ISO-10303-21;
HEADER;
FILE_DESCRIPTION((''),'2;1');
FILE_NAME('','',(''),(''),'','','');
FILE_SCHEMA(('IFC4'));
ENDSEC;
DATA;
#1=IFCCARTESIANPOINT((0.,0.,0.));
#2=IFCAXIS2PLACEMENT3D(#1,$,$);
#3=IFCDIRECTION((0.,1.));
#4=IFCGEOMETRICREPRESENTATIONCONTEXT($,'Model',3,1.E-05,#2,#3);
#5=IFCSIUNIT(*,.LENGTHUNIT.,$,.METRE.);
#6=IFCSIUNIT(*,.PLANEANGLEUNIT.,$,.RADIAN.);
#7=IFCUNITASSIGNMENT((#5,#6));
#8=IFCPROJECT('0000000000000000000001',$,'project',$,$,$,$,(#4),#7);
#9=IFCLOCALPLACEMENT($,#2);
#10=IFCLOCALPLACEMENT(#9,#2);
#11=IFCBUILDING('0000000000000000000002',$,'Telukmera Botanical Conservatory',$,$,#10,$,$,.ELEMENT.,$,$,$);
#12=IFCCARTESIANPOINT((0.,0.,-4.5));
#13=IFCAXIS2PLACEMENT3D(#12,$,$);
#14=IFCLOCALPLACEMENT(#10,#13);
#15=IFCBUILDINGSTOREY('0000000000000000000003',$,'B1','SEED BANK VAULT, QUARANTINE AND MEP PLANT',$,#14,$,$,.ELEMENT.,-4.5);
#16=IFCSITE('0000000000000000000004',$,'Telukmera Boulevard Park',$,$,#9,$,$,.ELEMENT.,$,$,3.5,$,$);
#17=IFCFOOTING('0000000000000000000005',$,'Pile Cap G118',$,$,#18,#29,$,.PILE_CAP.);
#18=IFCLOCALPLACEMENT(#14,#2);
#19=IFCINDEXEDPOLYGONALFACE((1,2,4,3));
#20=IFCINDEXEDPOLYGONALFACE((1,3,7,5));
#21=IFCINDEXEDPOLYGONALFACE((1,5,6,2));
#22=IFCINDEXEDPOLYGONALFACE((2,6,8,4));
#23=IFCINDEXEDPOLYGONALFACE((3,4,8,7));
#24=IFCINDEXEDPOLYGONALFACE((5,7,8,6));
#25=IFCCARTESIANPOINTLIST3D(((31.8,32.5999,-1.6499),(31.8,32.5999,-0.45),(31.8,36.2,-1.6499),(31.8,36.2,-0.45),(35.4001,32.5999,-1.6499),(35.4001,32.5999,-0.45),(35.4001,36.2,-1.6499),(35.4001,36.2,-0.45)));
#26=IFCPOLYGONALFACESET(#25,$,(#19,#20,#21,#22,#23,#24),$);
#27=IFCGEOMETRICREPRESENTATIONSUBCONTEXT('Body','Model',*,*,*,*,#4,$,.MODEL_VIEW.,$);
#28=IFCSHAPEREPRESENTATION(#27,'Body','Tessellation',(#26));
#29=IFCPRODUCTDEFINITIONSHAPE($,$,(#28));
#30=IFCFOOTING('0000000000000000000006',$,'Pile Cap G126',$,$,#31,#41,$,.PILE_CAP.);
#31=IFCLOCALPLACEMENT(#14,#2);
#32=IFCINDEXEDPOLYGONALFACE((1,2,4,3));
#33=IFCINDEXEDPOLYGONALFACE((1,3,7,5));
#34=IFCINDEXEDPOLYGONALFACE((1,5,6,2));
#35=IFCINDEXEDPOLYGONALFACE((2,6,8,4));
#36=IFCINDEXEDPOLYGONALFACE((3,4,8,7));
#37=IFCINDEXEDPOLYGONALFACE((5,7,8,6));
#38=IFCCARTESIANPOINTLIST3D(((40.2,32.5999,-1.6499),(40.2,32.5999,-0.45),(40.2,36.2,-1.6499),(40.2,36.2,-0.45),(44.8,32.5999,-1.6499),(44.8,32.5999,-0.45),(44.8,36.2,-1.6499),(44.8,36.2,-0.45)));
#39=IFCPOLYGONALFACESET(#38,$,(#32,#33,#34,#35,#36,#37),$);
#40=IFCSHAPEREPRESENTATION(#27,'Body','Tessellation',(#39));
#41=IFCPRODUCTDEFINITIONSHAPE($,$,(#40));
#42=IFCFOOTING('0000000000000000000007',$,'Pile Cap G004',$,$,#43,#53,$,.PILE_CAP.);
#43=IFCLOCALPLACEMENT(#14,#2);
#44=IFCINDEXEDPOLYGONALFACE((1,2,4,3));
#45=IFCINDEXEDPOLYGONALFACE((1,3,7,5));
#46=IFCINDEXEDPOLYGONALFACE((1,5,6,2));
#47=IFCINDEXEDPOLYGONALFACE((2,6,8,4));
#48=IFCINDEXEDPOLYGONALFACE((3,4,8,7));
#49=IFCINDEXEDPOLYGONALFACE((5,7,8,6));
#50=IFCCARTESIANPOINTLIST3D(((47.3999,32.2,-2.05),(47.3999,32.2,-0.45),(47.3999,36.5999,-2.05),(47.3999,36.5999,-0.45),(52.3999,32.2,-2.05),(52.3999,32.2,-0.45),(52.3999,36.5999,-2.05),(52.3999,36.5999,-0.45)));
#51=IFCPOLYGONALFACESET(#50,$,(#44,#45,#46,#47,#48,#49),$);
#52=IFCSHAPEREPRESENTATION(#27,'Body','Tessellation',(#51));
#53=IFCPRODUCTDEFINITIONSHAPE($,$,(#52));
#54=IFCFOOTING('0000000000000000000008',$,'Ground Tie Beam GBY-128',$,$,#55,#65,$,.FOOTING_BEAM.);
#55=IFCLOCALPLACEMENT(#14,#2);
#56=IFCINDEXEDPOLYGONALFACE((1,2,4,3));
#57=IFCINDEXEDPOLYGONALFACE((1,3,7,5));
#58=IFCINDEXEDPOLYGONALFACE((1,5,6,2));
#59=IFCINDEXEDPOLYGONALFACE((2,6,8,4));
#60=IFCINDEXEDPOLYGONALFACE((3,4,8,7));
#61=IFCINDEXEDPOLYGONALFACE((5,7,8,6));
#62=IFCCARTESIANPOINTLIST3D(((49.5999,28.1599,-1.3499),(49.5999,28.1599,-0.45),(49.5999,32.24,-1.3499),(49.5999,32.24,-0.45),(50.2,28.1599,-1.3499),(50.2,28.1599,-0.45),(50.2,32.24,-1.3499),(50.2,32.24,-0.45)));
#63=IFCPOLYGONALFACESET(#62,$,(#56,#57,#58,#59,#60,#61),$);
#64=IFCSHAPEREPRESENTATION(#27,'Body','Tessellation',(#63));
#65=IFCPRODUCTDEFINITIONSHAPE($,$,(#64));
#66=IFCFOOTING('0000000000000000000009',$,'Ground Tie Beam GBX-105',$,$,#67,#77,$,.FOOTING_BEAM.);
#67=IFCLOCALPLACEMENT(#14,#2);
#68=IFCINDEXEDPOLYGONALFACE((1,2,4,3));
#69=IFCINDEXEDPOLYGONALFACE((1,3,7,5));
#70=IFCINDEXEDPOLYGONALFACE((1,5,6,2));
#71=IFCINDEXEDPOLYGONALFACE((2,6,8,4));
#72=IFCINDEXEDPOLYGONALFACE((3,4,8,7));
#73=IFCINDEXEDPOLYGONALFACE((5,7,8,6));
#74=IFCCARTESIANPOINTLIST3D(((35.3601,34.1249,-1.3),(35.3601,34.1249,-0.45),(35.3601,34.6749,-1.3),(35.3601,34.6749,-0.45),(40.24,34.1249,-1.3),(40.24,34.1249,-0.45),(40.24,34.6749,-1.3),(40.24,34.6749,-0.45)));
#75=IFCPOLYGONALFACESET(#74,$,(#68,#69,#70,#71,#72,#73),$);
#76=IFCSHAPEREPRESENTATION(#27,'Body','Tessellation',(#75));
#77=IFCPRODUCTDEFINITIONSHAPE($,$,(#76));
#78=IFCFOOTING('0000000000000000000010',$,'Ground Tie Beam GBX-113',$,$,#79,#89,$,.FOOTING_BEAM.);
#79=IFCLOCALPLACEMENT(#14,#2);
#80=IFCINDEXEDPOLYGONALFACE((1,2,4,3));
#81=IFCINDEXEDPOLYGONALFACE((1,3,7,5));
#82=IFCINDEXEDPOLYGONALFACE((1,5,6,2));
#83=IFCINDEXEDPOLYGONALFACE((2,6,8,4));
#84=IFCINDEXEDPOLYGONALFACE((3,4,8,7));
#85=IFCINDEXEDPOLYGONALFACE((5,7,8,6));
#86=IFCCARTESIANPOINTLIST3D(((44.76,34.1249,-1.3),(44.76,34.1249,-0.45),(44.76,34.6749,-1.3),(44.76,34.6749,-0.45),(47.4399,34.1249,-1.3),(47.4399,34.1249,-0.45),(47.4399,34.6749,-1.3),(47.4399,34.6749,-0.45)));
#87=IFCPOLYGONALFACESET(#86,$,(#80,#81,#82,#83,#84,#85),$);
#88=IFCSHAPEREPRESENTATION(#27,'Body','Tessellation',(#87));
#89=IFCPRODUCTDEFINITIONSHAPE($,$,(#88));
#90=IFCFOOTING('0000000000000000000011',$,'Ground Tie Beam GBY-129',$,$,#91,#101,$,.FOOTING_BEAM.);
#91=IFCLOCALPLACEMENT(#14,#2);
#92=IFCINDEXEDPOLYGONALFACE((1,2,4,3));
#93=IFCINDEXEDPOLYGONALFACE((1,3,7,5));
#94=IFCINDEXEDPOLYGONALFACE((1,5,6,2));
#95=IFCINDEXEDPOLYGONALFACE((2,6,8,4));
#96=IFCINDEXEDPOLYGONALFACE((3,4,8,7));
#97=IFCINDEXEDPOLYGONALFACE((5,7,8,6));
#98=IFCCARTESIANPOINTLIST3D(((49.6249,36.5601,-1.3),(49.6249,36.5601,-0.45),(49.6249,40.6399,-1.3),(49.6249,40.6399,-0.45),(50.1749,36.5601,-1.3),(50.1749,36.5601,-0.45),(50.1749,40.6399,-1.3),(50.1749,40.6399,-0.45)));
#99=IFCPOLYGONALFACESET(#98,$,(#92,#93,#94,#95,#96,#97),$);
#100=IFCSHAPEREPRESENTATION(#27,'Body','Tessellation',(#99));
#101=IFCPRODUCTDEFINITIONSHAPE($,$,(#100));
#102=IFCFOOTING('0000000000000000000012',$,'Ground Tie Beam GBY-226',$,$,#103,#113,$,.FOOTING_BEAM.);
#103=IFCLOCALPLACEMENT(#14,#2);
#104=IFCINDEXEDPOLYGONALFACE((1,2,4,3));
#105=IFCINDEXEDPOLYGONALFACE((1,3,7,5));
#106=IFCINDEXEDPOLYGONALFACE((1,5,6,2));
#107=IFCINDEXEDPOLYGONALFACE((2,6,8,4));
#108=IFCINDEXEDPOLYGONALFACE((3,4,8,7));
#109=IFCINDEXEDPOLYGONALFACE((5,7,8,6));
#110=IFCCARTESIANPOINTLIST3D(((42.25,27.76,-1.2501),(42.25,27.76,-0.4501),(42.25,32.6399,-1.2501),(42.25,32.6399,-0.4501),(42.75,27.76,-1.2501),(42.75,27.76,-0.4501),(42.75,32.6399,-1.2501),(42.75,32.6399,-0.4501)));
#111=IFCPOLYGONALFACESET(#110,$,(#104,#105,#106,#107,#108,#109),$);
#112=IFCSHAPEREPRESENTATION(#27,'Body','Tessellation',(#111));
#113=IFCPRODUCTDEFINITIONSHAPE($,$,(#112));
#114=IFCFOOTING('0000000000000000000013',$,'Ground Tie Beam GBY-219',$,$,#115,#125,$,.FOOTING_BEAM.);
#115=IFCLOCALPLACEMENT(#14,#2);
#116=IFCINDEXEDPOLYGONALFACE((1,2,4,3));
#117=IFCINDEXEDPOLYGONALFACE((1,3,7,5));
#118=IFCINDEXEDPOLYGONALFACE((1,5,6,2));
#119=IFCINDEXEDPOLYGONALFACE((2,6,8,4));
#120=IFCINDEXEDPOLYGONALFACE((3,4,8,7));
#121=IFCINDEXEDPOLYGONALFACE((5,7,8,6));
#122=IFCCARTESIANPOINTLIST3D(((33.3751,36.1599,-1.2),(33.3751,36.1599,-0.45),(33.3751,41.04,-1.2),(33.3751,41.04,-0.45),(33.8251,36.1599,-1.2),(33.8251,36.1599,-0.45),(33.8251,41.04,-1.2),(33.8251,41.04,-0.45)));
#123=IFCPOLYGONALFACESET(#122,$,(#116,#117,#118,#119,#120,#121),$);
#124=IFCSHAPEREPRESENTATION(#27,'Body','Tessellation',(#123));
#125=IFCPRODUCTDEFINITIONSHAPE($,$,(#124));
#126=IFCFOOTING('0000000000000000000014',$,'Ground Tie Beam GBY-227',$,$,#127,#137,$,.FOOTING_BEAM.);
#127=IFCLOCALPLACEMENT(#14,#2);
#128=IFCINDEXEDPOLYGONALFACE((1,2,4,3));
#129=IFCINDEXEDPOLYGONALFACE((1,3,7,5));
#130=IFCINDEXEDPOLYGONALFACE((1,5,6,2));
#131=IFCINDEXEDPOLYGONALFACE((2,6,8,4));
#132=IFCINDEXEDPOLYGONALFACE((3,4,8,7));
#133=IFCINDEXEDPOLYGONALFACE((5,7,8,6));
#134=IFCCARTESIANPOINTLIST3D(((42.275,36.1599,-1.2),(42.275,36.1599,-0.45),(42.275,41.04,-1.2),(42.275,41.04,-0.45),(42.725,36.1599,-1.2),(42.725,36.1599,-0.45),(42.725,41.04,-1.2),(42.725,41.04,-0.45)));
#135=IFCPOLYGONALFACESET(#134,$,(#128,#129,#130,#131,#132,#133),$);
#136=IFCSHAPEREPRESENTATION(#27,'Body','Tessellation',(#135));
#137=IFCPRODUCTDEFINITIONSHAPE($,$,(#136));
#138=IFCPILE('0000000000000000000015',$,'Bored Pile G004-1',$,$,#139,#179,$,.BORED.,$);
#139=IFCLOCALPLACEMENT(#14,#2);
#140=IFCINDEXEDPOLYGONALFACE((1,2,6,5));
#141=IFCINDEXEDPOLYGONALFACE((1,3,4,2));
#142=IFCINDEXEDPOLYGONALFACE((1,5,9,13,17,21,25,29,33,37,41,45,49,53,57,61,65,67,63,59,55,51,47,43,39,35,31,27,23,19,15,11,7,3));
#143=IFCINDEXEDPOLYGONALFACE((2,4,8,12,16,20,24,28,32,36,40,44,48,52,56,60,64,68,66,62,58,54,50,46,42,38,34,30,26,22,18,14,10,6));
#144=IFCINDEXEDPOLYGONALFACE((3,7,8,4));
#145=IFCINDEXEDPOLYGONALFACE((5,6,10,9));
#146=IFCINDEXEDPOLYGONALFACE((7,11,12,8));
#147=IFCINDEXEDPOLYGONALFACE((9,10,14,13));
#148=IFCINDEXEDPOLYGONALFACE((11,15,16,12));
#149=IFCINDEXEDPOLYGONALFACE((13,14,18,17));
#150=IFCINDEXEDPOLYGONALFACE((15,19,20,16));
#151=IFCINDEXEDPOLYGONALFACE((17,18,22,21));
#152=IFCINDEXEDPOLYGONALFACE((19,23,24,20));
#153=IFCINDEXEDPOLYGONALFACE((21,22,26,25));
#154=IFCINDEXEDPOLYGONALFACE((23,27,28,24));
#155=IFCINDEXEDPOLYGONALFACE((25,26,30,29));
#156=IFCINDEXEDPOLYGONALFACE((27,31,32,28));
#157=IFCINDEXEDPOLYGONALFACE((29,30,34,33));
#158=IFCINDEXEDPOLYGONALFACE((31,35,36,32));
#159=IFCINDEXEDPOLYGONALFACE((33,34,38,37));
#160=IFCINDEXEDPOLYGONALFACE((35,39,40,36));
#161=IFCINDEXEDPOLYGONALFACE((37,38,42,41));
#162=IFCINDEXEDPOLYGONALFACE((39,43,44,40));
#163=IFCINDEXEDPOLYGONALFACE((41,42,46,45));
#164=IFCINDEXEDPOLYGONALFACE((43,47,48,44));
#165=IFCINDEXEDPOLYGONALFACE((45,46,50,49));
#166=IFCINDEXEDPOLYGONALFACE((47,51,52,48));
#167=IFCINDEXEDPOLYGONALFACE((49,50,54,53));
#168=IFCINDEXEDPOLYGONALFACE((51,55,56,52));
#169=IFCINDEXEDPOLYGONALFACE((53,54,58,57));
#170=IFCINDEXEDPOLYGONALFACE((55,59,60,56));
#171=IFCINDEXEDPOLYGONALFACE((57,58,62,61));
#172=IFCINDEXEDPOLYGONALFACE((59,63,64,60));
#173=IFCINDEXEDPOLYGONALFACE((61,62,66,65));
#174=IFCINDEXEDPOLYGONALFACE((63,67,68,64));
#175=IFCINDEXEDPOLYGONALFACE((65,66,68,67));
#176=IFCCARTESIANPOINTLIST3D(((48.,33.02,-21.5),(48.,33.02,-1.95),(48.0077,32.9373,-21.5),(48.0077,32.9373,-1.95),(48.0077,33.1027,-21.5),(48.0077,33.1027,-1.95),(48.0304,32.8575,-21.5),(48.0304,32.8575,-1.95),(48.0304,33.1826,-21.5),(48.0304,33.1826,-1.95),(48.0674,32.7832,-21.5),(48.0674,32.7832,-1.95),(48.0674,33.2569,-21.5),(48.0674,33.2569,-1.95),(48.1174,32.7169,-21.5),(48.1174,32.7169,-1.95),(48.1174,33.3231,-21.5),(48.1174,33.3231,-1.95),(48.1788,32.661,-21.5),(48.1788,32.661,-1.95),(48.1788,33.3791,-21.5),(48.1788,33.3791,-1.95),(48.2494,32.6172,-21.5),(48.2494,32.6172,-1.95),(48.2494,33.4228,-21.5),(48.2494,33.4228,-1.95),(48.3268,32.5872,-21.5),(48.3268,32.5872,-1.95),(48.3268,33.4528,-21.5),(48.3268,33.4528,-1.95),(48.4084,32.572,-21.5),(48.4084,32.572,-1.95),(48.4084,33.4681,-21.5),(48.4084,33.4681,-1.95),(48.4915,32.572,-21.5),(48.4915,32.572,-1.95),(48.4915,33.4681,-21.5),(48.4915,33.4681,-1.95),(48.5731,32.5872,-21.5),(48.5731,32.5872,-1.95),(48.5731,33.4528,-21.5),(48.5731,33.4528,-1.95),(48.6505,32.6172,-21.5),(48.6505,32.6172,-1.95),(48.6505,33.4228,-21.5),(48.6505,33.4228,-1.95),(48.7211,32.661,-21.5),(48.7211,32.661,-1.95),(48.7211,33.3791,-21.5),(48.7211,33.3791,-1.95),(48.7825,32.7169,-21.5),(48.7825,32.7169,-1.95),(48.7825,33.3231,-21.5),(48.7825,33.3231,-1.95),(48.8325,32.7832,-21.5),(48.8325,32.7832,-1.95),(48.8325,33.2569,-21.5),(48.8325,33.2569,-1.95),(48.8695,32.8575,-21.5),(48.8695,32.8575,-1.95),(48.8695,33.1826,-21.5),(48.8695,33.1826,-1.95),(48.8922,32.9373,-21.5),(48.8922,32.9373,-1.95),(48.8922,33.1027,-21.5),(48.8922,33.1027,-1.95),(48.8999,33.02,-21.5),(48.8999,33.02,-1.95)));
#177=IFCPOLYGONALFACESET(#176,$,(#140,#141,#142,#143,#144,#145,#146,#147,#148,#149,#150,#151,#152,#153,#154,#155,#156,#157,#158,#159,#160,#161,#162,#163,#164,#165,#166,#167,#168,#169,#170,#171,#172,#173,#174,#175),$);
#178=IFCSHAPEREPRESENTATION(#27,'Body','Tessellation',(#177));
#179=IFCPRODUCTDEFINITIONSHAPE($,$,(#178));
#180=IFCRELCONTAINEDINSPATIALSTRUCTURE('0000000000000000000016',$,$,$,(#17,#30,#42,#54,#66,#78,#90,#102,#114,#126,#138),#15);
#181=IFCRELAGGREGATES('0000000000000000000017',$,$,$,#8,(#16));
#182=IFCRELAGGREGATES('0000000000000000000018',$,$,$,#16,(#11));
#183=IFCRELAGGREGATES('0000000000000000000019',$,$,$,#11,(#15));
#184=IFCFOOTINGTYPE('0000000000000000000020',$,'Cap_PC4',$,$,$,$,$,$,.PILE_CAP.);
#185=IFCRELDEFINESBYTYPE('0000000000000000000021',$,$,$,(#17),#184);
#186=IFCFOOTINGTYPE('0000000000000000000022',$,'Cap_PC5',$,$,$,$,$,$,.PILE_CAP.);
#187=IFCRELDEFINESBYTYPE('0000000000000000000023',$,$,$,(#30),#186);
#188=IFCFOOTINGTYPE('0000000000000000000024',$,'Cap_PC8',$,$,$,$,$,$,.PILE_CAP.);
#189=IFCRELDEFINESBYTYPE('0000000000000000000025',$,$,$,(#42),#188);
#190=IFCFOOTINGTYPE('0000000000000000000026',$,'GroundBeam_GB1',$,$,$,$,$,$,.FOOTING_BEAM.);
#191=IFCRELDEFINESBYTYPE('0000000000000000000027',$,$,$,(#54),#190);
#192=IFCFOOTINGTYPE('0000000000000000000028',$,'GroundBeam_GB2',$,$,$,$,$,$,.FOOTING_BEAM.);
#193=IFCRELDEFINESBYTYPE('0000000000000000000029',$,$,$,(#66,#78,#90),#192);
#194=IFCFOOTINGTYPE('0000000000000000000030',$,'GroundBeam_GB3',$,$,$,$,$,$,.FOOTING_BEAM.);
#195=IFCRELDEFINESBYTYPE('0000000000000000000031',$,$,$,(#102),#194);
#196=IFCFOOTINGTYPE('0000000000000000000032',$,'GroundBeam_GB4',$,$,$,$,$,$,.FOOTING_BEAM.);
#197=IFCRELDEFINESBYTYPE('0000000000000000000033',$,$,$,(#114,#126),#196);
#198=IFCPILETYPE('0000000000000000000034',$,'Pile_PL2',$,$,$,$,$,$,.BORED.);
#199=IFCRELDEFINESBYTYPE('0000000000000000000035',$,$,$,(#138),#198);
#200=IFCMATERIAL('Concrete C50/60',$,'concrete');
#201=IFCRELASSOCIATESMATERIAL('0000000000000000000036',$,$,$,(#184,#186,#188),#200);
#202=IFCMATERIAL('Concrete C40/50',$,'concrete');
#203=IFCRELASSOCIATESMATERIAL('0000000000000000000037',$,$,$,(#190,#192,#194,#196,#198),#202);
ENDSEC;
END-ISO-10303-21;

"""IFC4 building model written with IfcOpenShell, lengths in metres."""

from ifc_helpers import new_model, si_unit, direction, frame, origin, origin_2d, place, context, subcontext, project, spatial, rectangle, circle, extrude, material, material_profile, profile_set, type_object, element, save


model = new_model("IFC4")

# Units and contexts
model_context = context("Model", 3, precision=1e-05, world=origin(), true_north=direction((0.0, 1.0)))
body_context = subcontext(model_context, "Body", "Model", "MODEL_VIEW")
ifc_project = project(units=[si_unit("LENGTHUNIT", "METRE"), si_unit("PLANEANGLEUNIT", "RADIAN")], contexts=[model_context])

# Site, building, storey
site_placement = place(None, origin())
site = spatial("IfcSite", under=ifc_project, at=site_placement, Name="Telukmera Boulevard Park", CompositionType="ELEMENT", RefElevation=3.5)
building_placement = place(site_placement, origin())
building = spatial("IfcBuilding", under=site, at=building_placement, Name="Telukmera Botanical Conservatory", CompositionType="ELEMENT")
storey_placement = place(building_placement, frame((0.0, 0.0, -4.5)))
storey = spatial("IfcBuildingStorey", under=building, at=storey_placement, Name="B1", Description="SEED BANK VAULT, QUARANTINE AND MEP PLANT", CompositionType="ELEMENT", Elevation=-4.5)

# Footings
ifc_material_1 = material(Name="Concrete C50/60", Category="concrete")
footing_type_1 = type_object("IfcFootingType", Name="Cap_PC4", PredefinedType="PILE_CAP", material=ifc_material_1)
footing_1_placement = place(storey_placement, frame((33.6001, 34.3999, -1.6499), z_axis=(0.0, 0.0, 1.0), x_axis=(1.0, 0.0, 0.0)))
element("IfcFooting", 1, at=footing_1_placement, inside=storey, type_object=footing_type_1, Name="Pile Cap G118", PredefinedType="PILE_CAP", context=body_context, shape_type="SweptSolid", body=[
    extrude(rectangle(XDim=3.6001, YDim=3.6001, at=origin_2d()), origin(), (0.0, 0.0, 1.0), 1.2),
])
footing_type_2 = type_object("IfcFootingType", Name="Cap_PC5", PredefinedType="PILE_CAP", material=ifc_material_1)
footing_2_placement = place(storey_placement, frame((42.5, 34.3999, -1.6499), z_axis=(0.0, 0.0, 1.0), x_axis=(1.0, 0.0, 0.0)))
element("IfcFooting", 2, at=footing_2_placement, inside=storey, type_object=footing_type_2, Name="Pile Cap G126", PredefinedType="PILE_CAP", context=body_context, shape_type="SweptSolid", body=[
    extrude(rectangle(XDim=4.6001, YDim=3.6001, at=origin_2d()), origin(), (0.0, 0.0, 1.0), 1.2),
])
footing_type_3 = type_object("IfcFootingType", Name="Cap_PC8", PredefinedType="PILE_CAP", material=ifc_material_1)
footing_3_placement = place(storey_placement, frame((49.8999, 34.3999, -2.05), z_axis=(0.0, 0.0, 1.0), x_axis=(1.0, 0.0, 0.0)))
element("IfcFooting", 3, at=footing_3_placement, inside=storey, type_object=footing_type_3, Name="Pile Cap G004", PredefinedType="PILE_CAP", context=body_context, shape_type="SweptSolid", body=[
    extrude(rectangle(XDim=5.0, YDim=4.3999, at=origin_2d()), origin(), (0.0, 0.0, 1.0), 1.6001),
])
ifc_material_2 = material(Name="Concrete C40/50", Category="concrete")
ifc_material_profile_1 = material_profile(ifc_material_2, rectangle(XDim=0.6001, YDim=0.8999, at=origin_2d()), Name="RC 600x900")
ifc_profile_set_1 = profile_set([ifc_material_profile_1], Name="Concrete C40/50")
footing_type_4 = type_object("IfcFootingType", Name="GroundBeam_GB1", PredefinedType="FOOTING_BEAM", material=ifc_profile_set_1)
footing_4_placement = place(storey_placement, frame((49.8999, 28.1599, -0.8999), z_axis=(0.0, 1.0, 0.0), x_axis=(-1.0, 0.0, 0.0)))
element("IfcFooting", 4, at=footing_4_placement, inside=storey, type_object=footing_type_4, Name="Ground Tie Beam GBY-128", PredefinedType="FOOTING_BEAM", context=body_context, shape_type="SweptSolid", body=[
    extrude(rectangle(XDim=0.6001, YDim=0.8999, at=origin_2d()), origin(), (0.0, 0.0, 1.0), 4.0801),
])
ifc_material_profile_2 = material_profile(ifc_material_2, rectangle(XDim=0.55, YDim=0.8501, at=origin_2d()), Name="RC 550x850")
ifc_profile_set_2 = profile_set([ifc_material_profile_2], Name="Concrete C40/50")
footing_type_5 = type_object("IfcFootingType", Name="GroundBeam_GB2", PredefinedType="FOOTING_BEAM", material=ifc_profile_set_2)
footing_5_placement = place(storey_placement, frame((35.3601, 34.3999, -0.875), z_axis=(1.0, 0.0, 0.0), x_axis=(0.0, 1.0, 0.0)))
element("IfcFooting", 5, at=footing_5_placement, inside=storey, type_object=footing_type_5, Name="Ground Tie Beam GBX-105", PredefinedType="FOOTING_BEAM", context=body_context, shape_type="SweptSolid", body=[
    extrude(rectangle(XDim=0.55, YDim=0.8501, at=origin_2d()), origin(), (0.0, 0.0, 1.0), 4.8799),
])
footing_6_placement = place(storey_placement, frame((44.76, 34.3999, -0.875), z_axis=(1.0, 0.0, 0.0), x_axis=(0.0, 1.0, 0.0)))
element("IfcFooting", 6, at=footing_6_placement, inside=storey, type_object=footing_type_5, Name="Ground Tie Beam GBX-113", PredefinedType="FOOTING_BEAM", context=body_context, shape_type="SweptSolid", body=[
    extrude(rectangle(XDim=0.55, YDim=0.8501, at=origin_2d()), origin(), (0.0, 0.0, 1.0), 2.6799),
])
footing_7_placement = place(storey_placement, frame((49.8999, 36.5601, -0.875), z_axis=(0.0, 1.0, 0.0), x_axis=(-1.0, 0.0, 0.0)))
element("IfcFooting", 7, at=footing_7_placement, inside=storey, type_object=footing_type_5, Name="Ground Tie Beam GBY-129", PredefinedType="FOOTING_BEAM", context=body_context, shape_type="SweptSolid", body=[
    extrude(rectangle(XDim=0.55, YDim=0.8501, at=origin_2d()), origin(), (0.0, 0.0, 1.0), 4.0798),
])
ifc_material_profile_3 = material_profile(ifc_material_2, rectangle(XDim=0.5, YDim=0.8, at=origin_2d()), Name="RC 500x800")
ifc_profile_set_3 = profile_set([ifc_material_profile_3], Name="Concrete C40/50")
footing_type_6 = type_object("IfcFootingType", Name="GroundBeam_GB3", PredefinedType="FOOTING_BEAM", material=ifc_profile_set_3)
footing_8_placement = place(storey_placement, frame((42.5, 27.76, -0.8501), z_axis=(0.0, 1.0, 0.0), x_axis=(-1.0, 0.0, 0.0)))
element("IfcFooting", 8, at=footing_8_placement, inside=storey, type_object=footing_type_6, Name="Ground Tie Beam GBY-226", PredefinedType="FOOTING_BEAM", context=body_context, shape_type="SweptSolid", body=[
    extrude(rectangle(XDim=0.5, YDim=0.8, at=origin_2d()), origin(), (0.0, 0.0, 1.0), 4.8799),
])
ifc_material_profile_4 = material_profile(ifc_material_2, rectangle(XDim=0.45, YDim=0.75, at=origin_2d()), Name="RC 450x750")
ifc_profile_set_4 = profile_set([ifc_material_profile_4], Name="Concrete C40/50")
footing_type_7 = type_object("IfcFootingType", Name="GroundBeam_GB4", PredefinedType="FOOTING_BEAM", material=ifc_profile_set_4)
for number, where, z_axis, x_axis, name in (
    (9, (33.6001, 36.1599, -0.825), (0.0, 1.0, 0.0), (-1.0, 0.0, 0.0), "Ground Tie Beam GBY-219"),
    (10, (42.5, 36.1599, -0.825), (0.0, 1.0, 0.0), (-1.0, 0.0, 0.0), "Ground Tie Beam GBY-227"),
):
    element("IfcFooting", number, at=place(storey_placement, frame(where, z_axis=z_axis, x_axis=x_axis)), inside=storey, type_object=footing_type_7, Name=name, PredefinedType="FOOTING_BEAM", context=body_context, shape_type="SweptSolid", body=[
        extrude(rectangle(XDim=0.45, YDim=0.75, at=origin_2d()), origin(), (0.0, 0.0, 1.0), 4.8801),
    ])

# Pile
ifc_material_profile_5 = material_profile(ifc_material_2, circle(Radius=0.45, at=origin_2d()), Name="PILE D900")
ifc_profile_set_5 = profile_set([ifc_material_profile_5], Name="Concrete C40/50")
pile_type_1 = type_object("IfcPileType", Name="Pile_PL2", PredefinedType="BORED", material=ifc_profile_set_5)
for number, where, z_axis, x_axis, name in (
    (11, (48.45, 33.02, -1.95), (0.0, 0.0, -1.0), (1.0, 0.0, 0.0), "Bored Pile G004-1"),
):
    element("IfcPile", number, at=place(storey_placement, frame(where, z_axis=z_axis, x_axis=x_axis)), inside=storey, type_object=pile_type_1, Name=name, PredefinedType="BORED", context=body_context, shape_type="SweptSolid", body=[
        extrude(circle(Radius=0.45, at=origin_2d()), origin(), (0.0, 0.0, 1.0), 19.55),
    ])

save(model, "model.ifc")
